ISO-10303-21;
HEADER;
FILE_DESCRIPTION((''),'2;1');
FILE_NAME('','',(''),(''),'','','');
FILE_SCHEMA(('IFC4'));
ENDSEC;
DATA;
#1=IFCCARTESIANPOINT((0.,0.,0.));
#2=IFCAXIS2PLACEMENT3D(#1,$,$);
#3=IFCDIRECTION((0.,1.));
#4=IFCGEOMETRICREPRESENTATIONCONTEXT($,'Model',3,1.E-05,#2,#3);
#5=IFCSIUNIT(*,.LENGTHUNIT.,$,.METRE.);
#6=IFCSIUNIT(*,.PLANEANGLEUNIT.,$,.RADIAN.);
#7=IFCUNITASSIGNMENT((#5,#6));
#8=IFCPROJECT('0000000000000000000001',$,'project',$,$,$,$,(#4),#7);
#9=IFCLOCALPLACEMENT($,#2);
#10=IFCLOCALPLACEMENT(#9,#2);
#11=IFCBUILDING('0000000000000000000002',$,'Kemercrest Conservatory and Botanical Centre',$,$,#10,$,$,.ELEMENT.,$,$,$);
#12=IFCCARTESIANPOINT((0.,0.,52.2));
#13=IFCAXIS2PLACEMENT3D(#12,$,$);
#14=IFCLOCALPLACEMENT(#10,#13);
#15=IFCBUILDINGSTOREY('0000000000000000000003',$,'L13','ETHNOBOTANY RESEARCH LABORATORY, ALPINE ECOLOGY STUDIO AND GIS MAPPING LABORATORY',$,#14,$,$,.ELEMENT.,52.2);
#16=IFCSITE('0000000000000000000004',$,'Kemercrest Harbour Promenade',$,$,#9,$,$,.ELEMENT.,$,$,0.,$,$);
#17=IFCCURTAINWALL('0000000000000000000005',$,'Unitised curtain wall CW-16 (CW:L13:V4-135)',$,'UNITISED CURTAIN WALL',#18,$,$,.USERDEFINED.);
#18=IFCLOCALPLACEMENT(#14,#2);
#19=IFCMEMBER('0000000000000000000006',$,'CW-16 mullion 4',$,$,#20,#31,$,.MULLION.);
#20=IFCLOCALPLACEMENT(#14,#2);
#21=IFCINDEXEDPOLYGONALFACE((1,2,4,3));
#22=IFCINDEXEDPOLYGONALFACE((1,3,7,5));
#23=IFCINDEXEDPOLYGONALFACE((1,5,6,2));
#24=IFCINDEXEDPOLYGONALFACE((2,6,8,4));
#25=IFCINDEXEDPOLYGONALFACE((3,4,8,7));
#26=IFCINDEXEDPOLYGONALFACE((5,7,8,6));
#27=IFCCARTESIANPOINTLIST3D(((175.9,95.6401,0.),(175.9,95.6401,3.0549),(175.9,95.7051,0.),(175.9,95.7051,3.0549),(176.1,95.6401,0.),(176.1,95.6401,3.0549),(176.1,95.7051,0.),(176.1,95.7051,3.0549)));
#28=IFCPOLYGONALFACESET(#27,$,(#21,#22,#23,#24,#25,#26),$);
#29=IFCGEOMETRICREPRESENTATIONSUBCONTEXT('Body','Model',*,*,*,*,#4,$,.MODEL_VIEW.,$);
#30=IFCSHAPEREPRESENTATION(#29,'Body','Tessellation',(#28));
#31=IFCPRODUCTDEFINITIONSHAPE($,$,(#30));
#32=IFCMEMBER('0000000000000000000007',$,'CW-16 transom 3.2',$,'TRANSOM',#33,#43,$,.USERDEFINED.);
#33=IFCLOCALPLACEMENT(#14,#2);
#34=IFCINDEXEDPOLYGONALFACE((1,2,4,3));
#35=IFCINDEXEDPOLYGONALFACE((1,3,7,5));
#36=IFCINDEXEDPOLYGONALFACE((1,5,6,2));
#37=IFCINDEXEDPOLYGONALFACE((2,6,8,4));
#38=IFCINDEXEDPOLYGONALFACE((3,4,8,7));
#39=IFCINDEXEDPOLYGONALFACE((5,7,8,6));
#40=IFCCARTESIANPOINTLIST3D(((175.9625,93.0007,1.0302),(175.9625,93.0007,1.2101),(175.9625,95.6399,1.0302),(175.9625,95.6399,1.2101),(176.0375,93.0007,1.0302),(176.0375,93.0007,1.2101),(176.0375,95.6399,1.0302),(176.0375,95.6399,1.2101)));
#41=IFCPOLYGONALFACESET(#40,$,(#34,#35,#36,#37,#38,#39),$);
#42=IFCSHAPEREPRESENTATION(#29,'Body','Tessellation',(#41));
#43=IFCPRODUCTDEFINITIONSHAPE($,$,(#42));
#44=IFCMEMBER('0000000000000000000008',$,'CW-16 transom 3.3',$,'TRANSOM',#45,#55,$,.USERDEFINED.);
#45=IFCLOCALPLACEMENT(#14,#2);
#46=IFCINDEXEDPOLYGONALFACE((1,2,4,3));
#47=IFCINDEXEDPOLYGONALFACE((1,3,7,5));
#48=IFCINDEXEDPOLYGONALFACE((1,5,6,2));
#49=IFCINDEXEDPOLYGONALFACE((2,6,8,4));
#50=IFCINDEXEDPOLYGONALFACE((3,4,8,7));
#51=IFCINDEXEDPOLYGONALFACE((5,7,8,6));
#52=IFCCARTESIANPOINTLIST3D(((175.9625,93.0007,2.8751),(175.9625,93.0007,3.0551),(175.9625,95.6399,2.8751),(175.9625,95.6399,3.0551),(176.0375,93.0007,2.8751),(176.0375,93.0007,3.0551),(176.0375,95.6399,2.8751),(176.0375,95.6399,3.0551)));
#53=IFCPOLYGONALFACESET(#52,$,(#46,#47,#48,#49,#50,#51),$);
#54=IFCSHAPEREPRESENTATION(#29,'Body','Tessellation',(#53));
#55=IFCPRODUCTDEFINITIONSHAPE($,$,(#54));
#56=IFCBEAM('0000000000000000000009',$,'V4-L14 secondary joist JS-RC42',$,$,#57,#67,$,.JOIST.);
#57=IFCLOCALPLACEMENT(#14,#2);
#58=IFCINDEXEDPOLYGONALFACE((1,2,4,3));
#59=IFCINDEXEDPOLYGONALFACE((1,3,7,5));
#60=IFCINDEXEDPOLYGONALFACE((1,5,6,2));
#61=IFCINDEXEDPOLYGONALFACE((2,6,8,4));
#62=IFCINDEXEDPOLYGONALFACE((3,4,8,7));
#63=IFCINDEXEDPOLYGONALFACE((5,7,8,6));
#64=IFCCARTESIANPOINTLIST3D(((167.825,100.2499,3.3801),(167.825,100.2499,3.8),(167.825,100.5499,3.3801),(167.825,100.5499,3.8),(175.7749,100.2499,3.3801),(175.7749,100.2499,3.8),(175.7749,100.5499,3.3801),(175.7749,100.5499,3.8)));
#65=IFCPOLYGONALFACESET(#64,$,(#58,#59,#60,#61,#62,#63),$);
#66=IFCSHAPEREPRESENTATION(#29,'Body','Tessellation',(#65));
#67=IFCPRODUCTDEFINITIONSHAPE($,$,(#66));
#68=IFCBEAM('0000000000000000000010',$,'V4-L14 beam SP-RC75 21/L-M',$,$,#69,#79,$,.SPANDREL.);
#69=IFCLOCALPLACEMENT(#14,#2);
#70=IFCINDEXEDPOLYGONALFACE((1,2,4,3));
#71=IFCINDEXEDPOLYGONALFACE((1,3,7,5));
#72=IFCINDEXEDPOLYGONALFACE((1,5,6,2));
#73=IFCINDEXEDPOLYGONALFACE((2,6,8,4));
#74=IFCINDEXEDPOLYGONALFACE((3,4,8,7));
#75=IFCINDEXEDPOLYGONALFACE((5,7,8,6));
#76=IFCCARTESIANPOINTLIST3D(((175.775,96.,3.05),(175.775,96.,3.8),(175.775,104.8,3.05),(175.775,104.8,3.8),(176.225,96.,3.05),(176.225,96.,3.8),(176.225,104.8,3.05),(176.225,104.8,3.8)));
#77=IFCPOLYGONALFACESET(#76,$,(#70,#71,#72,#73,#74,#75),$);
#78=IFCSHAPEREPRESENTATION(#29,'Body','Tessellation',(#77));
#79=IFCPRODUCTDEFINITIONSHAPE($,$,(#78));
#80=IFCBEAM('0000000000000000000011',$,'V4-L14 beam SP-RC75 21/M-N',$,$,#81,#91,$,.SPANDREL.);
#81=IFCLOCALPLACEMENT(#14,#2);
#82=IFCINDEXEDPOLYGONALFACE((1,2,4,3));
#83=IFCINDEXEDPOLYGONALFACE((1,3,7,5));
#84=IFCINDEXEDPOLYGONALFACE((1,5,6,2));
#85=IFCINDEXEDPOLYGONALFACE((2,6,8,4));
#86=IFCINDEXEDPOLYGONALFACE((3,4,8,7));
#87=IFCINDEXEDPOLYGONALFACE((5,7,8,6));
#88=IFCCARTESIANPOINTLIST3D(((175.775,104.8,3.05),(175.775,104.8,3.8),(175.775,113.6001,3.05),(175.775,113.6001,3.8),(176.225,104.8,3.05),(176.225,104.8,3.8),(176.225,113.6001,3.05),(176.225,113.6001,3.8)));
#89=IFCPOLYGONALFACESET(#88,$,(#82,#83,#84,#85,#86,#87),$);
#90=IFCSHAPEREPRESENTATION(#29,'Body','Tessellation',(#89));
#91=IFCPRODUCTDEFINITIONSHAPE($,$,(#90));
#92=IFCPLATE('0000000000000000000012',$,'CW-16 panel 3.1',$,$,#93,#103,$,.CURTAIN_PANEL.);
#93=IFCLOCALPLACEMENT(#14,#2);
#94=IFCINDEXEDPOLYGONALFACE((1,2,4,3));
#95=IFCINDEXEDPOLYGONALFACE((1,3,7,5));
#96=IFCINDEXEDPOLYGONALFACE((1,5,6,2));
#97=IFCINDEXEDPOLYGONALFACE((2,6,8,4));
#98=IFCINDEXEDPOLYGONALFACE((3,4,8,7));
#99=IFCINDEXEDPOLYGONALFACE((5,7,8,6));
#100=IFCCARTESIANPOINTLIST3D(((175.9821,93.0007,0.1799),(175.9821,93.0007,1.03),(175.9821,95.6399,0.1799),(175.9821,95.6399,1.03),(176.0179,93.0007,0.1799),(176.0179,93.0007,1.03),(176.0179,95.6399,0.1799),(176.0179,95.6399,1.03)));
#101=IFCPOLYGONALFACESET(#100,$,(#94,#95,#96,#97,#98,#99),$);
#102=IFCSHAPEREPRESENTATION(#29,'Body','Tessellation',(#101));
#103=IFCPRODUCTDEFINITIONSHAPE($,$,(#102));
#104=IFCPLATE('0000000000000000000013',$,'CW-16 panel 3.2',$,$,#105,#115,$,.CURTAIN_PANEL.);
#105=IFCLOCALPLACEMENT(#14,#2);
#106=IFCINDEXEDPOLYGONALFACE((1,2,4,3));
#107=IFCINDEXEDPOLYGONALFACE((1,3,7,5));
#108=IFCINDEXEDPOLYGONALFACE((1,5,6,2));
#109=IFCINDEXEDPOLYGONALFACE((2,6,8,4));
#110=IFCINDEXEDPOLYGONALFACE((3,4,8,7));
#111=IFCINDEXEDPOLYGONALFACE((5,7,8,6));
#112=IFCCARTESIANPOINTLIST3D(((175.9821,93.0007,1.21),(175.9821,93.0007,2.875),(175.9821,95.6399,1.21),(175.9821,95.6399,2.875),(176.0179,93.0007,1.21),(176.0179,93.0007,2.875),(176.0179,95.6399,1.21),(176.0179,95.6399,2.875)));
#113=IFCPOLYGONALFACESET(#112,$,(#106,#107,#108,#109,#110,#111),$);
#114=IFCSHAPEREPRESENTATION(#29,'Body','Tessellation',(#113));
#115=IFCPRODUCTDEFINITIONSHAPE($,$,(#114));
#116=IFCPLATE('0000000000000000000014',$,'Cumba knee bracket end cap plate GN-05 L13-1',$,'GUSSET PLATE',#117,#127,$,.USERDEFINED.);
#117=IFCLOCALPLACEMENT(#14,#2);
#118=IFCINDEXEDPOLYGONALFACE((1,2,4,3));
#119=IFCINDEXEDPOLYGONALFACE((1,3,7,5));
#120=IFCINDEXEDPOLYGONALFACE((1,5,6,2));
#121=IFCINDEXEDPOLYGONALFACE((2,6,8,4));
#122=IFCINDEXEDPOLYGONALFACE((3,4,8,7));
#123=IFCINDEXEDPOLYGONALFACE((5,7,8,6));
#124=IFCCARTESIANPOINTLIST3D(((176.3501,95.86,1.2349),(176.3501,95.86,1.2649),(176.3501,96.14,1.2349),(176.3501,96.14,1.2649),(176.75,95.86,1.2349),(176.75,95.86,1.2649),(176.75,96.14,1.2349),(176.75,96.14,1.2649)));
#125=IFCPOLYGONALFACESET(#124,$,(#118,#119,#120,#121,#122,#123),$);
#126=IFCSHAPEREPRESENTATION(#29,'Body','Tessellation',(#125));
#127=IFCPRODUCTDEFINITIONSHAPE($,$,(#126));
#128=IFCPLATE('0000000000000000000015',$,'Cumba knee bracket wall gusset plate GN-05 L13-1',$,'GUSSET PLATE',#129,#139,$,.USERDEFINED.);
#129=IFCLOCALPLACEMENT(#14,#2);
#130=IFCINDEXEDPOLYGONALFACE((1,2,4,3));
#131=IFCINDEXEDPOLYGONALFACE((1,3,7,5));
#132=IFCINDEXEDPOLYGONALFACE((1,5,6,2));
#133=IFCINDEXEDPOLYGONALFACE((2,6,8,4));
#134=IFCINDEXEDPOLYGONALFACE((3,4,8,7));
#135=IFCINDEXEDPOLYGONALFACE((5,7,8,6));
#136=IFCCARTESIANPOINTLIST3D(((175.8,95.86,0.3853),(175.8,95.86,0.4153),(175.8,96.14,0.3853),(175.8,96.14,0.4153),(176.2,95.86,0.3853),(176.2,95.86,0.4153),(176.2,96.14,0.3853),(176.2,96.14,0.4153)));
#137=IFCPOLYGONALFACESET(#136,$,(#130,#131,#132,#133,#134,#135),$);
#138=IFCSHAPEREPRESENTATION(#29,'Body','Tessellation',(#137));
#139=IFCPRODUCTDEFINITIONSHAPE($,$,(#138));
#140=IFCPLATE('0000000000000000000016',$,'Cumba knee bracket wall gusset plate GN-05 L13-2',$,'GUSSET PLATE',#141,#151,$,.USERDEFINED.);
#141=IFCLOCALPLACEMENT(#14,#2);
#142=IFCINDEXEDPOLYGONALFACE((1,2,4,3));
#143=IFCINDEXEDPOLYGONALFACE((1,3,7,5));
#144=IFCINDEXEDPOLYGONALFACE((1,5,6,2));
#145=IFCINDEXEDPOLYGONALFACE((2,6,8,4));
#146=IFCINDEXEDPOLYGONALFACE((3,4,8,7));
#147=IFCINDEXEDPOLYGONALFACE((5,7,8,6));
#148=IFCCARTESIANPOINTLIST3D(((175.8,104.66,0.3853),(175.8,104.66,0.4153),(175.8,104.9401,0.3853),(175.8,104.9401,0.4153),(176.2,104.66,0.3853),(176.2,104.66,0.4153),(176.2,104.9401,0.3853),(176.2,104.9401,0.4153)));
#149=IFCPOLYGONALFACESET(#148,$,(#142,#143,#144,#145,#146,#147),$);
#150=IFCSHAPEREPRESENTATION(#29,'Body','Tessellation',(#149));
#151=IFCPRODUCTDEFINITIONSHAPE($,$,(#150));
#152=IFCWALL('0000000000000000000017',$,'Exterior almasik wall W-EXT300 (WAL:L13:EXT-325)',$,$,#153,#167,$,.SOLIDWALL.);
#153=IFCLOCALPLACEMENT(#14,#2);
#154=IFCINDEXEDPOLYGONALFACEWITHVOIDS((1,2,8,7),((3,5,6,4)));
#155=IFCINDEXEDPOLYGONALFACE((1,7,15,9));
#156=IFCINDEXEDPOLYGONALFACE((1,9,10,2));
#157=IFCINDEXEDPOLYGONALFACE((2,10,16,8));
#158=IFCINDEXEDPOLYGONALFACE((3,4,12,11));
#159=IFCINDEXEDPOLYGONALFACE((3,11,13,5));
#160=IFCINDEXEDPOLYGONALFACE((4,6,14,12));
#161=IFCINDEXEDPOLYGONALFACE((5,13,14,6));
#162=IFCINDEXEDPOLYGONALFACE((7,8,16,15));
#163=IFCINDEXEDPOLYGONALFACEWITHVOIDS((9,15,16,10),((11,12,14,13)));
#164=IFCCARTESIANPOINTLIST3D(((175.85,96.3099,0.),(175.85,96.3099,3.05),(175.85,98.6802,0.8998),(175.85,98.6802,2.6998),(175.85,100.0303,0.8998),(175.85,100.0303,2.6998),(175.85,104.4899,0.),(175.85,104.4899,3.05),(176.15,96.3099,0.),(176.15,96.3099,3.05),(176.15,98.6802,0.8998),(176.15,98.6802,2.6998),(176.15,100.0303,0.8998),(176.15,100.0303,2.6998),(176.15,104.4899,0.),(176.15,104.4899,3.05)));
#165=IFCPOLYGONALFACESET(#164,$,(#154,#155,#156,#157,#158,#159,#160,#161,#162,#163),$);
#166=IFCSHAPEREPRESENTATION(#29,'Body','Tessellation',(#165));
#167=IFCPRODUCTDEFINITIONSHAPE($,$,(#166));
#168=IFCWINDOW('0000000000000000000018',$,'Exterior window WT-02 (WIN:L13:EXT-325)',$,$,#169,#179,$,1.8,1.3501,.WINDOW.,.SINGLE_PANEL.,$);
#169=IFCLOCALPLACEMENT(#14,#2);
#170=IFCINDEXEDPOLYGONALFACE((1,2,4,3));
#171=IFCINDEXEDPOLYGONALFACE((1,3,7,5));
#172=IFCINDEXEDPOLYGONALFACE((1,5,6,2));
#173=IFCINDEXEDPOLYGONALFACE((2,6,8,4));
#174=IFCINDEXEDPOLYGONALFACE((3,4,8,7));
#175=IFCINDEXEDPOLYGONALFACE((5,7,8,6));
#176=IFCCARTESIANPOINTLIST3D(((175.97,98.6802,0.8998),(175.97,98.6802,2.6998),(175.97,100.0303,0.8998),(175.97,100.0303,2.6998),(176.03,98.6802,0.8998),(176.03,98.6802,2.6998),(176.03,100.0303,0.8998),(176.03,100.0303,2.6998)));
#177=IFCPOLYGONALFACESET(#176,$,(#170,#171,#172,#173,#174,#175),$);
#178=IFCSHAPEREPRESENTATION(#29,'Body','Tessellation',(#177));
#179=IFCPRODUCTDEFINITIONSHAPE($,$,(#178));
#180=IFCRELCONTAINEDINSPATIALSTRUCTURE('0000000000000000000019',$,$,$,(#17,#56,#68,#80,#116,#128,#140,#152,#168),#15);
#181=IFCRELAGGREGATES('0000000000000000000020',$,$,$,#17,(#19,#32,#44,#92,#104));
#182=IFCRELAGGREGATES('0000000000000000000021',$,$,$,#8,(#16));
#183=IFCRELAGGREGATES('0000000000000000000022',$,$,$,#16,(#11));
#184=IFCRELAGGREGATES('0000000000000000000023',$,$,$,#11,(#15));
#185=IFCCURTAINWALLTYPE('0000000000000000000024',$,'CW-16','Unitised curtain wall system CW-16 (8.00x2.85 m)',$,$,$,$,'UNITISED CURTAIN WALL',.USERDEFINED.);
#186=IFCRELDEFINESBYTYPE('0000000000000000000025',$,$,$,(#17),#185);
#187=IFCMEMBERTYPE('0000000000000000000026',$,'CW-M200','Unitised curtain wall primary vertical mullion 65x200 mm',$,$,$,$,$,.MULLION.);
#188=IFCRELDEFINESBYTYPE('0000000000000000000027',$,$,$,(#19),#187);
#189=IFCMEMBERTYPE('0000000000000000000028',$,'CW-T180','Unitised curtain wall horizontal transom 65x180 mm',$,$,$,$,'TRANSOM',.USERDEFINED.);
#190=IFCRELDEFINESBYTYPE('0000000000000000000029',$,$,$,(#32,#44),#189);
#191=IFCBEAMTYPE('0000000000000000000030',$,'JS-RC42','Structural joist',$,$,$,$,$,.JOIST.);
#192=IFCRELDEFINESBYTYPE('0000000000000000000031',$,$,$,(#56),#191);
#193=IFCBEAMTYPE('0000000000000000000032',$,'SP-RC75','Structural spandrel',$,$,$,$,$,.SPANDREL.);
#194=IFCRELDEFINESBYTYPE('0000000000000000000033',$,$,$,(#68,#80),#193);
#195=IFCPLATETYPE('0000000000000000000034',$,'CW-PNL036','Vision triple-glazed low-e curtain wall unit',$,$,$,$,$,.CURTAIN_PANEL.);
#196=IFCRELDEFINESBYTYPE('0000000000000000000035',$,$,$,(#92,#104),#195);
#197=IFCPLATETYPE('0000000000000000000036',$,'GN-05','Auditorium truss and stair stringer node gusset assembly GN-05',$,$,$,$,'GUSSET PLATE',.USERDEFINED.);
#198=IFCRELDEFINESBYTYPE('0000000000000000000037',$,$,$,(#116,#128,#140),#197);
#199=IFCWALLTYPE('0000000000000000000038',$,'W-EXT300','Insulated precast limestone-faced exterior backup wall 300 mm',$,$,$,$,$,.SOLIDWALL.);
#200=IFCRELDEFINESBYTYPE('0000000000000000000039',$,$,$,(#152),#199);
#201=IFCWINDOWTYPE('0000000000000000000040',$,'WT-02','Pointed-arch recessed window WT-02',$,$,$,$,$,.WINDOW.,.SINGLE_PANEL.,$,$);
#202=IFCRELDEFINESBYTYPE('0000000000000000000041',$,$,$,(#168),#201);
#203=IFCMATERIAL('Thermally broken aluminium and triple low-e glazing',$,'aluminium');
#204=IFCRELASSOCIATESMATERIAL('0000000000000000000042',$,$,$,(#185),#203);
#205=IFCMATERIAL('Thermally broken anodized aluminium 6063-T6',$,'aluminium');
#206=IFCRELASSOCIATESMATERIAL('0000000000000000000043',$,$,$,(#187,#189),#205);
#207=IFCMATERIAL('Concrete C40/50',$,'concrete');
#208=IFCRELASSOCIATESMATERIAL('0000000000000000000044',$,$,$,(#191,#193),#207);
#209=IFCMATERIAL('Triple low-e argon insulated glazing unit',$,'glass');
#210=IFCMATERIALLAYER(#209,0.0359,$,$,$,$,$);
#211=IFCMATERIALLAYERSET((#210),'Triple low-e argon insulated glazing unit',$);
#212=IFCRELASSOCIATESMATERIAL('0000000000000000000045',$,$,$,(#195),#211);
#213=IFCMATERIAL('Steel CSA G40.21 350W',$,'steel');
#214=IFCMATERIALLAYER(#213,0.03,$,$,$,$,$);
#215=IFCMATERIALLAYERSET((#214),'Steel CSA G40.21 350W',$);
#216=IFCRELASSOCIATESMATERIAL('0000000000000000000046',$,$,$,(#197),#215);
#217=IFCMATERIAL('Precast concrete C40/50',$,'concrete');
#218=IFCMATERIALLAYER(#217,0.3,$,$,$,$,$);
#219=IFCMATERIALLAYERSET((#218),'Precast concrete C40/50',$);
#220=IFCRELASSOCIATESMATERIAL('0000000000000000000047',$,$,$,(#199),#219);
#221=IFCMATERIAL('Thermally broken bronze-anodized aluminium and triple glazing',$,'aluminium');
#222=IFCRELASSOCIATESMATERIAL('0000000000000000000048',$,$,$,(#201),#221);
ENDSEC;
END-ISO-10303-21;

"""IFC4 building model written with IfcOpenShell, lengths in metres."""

from ifc_helpers import new_model, si_unit, direction, frame, frame_2d, origin, origin_2d, place, context, subcontext, project, spatial, rectangle, extrude, material, layer, layer_set, material_profile, profile_set, type_object, element, fill, aggregate, save


model = new_model("IFC4")

# Units and contexts
model_context = context("Model", 3, precision=1e-05, world=origin(), true_north=direction((0.0, 1.0)))
body_context = subcontext(model_context, "Body", "Model", "MODEL_VIEW")
ifc_project = project(units=[si_unit("LENGTHUNIT", "METRE"), si_unit("PLANEANGLEUNIT", "RADIAN")], contexts=[model_context])

# Site, building, storey
site_placement = place(None, origin())
site = spatial("IfcSite", under=ifc_project, at=site_placement, Name="Kemercrest Harbour Promenade", CompositionType="ELEMENT", RefElevation=0.0)
building_placement = place(site_placement, origin())
building = spatial("IfcBuilding", under=site, at=building_placement, Name="Kemercrest Conservatory and Botanical Centre", CompositionType="ELEMENT")
storey_placement = place(building_placement, frame((0.0, 0.0, 52.2)))
storey = spatial("IfcBuildingStorey", under=building, at=storey_placement, Name="L13", Description="ETHNOBOTANY RESEARCH LABORATORY, ALPINE ECOLOGY STUDIO AND GIS MAPPING LABORATORY", CompositionType="ELEMENT", Elevation=52.2)

# Shared definitions
ifc_material_1 = material(Name="Concrete C40/50", Category="concrete")

# Shared definitions
ifc_material_2 = material(Name="Steel CSA G40.21 350W", Category="steel")

# Curtain wall, members
ifc_material_3 = material(Name="Thermally broken aluminium and triple low-e glazing", Category="aluminium")
curtain_wall_type = type_object("IfcCurtainWallType", Name="CW-16", Description="Unitised curtain wall system CW-16 (8.00x2.85 m)", ElementType="UNITISED CURTAIN WALL", PredefinedType="USERDEFINED", material=ifc_material_3)
curtain_wall_placement = place(storey_placement, origin())
curtain_wall = element("IfcCurtainWall", 1, at=curtain_wall_placement, inside=storey, type_object=curtain_wall_type, Name="Unitised curtain wall CW-16 (CW:L13:V4-135)", ObjectType="UNITISED CURTAIN WALL", PredefinedType="USERDEFINED")
ifc_material_4 = material(Name="Thermally broken anodized aluminium 6063-T6", Category="aluminium")
ifc_material_profile_1 = material_profile(ifc_material_4, rectangle(XDim=0.2, YDim=0.0649, at=origin_2d()), Name="AL MULLION 65x200")
ifc_profile_set_1 = profile_set([ifc_material_profile_1], Name="Thermally broken anodized aluminium 6063-T6")
member_type_1 = type_object("IfcMemberType", Name="CW-M200", Description="Unitised curtain wall primary vertical mullion 65x200 mm", PredefinedType="MULLION", material=ifc_profile_set_1)
member_1_placement = place(storey_placement, frame((176.0, 95.6726, 0.0), z_axis=(0.0, 0.0, 1.0), x_axis=(-1.0, 0.0, 0.0)))
member_1 = element("IfcMember", 2, at=member_1_placement, type_object=member_type_1, Name="CW-16 mullion 4", PredefinedType="MULLION", context=body_context, shape_type="SweptSolid", body=[
    extrude(rectangle(XDim=0.2, YDim=0.0649, at=origin_2d()), origin(), (0.0, 0.0, 1.0), 3.0549),
])
ifc_material_profile_2 = material_profile(ifc_material_4, rectangle(XDim=0.075, YDim=0.1799, at=origin_2d()), Name="AL TRANSOM 75x180")
ifc_profile_set_2 = profile_set([ifc_material_profile_2], Name="Thermally broken anodized aluminium 6063-T6")
member_type_2 = type_object("IfcMemberType", Name="CW-T180", Description="Unitised curtain wall horizontal transom 65x180 mm", ElementType="TRANSOM", PredefinedType="USERDEFINED", material=ifc_profile_set_2)
member_2_placement = place(storey_placement, frame((176.0, 93.0007, 1.1201), z_axis=(0.0, 1.0, 0.0), x_axis=(-1.0, 0.0, 0.0)))
member_2 = element("IfcMember", 3, at=member_2_placement, type_object=member_type_2, Name="CW-16 transom 3.2", ObjectType="TRANSOM", PredefinedType="USERDEFINED", context=body_context, shape_type="SweptSolid", body=[
    extrude(rectangle(XDim=0.075, YDim=0.1799, at=origin_2d()), origin(), (0.0, 0.0, 1.0), 2.6392),
])
member_3_placement = place(storey_placement, frame((176.0, 93.0007, 2.9651), z_axis=(0.0, 1.0, 0.0), x_axis=(-1.0, 0.0, 0.0)))
member_3 = element("IfcMember", 4, at=member_3_placement, type_object=member_type_2, Name="CW-16 transom 3.3", ObjectType="TRANSOM", PredefinedType="USERDEFINED", context=body_context, shape_type="SweptSolid", body=[
    extrude(rectangle(XDim=0.075, YDim=0.1799, at=origin_2d()), origin(), (0.0, 0.0, 1.0), 2.6392),
])

# Beams
ifc_material_profile_3 = material_profile(ifc_material_1, rectangle(XDim=0.3, YDim=0.4199, at=origin_2d()), Name="RC 300x420")
ifc_profile_set_3 = profile_set([ifc_material_profile_3], Name="Concrete C40/50")
beam_type_1 = type_object("IfcBeamType", Name="JS-RC42", Description="Structural joist", PredefinedType="JOIST", material=ifc_profile_set_3)
beam_1_placement = place(storey_placement, frame((167.825, 100.3999, 3.5901), z_axis=(1.0, 0.0, 0.0), x_axis=(0.0, 1.0, 0.0)))
element("IfcBeam", 5, at=beam_1_placement, inside=storey, type_object=beam_type_1, Name="V4-L14 secondary joist JS-RC42", PredefinedType="JOIST", context=body_context, shape_type="SweptSolid", body=[
    extrude(rectangle(XDim=0.3, YDim=0.4199, at=origin_2d()), origin(), (0.0, 0.0, 1.0), 7.95),
])
ifc_material_profile_4 = material_profile(ifc_material_1, rectangle(XDim=0.45, YDim=0.75, at=origin_2d()), Name="RC 450x750")
ifc_profile_set_4 = profile_set([ifc_material_profile_4], Name="Concrete C40/50")
beam_type_2 = type_object("IfcBeamType", Name="SP-RC75", Description="Structural spandrel", PredefinedType="SPANDREL", material=ifc_profile_set_4)
for number, where, z_axis, x_axis, name in (
    (6, (176.0, 96.0, 3.425), (0.0, 1.0, 0.0), (-1.0, 0.0, 0.0), "V4-L14 beam SP-RC75 21/L-M"),
    (7, (176.0, 104.8, 3.425), (0.0, 1.0, 0.0), (-1.0, 0.0, 0.0), "V4-L14 beam SP-RC75 21/M-N"),
):
    element("IfcBeam", number, at=place(storey_placement, frame(where, z_axis=z_axis, x_axis=x_axis)), inside=storey, type_object=beam_type_2, Name=name, PredefinedType="SPANDREL", context=body_context, shape_type="SweptSolid", body=[
        extrude(rectangle(XDim=0.45, YDim=0.75, at=origin_2d()), origin(), (0.0, 0.0, 1.0), 8.8),
    ])

# Plates
ifc_material_5 = material(Name="Triple low-e argon insulated glazing unit", Category="glass")
ifc_layer_1 = layer(ifc_material_5, 0.0359)
ifc_layer_set_1 = layer_set([ifc_layer_1], Name="Triple low-e argon insulated glazing unit")
plate_type_1 = type_object("IfcPlateType", Name="CW-PNL036", Description="Vision triple-glazed low-e curtain wall unit", PredefinedType="CURTAIN_PANEL", material=ifc_layer_set_1)
plate_1_placement = place(storey_placement, frame((176.0, 94.3203, 0.1799), z_axis=(0.0, 0.0, 1.0), x_axis=(0.0, 1.0, 0.0)))
plate_1 = element("IfcPlate", 8, at=plate_1_placement, type_object=plate_type_1, Name="CW-16 panel 3.1", PredefinedType="CURTAIN_PANEL", context=body_context, shape_type="SweptSolid", body=[
    extrude(rectangle(XDim=2.6392, YDim=0.0359, at=origin_2d()), origin(), (0.0, 0.0, 1.0), 0.8501),
])
plate_2_placement = place(storey_placement, frame((176.0, 94.3203, 1.21), z_axis=(0.0, 0.0, 1.0), x_axis=(0.0, 1.0, 0.0)))
plate_2 = element("IfcPlate", 9, at=plate_2_placement, type_object=plate_type_1, Name="CW-16 panel 3.2", PredefinedType="CURTAIN_PANEL", context=body_context, shape_type="SweptSolid", body=[
    extrude(rectangle(XDim=2.6392, YDim=0.0359, at=origin_2d()), origin(), (0.0, 0.0, 1.0), 1.665),
])
aggregate(curtain_wall, [member_1, member_2, member_3, plate_1, plate_2])

# Plates
ifc_layer_2 = layer(ifc_material_2, 0.03)
ifc_layer_set_2 = layer_set([ifc_layer_2], Name="Steel CSA G40.21 350W")
plate_type_2 = type_object("IfcPlateType", Name="GN-05", Description="Auditorium truss and stair stringer node gusset assembly GN-05", ElementType="GUSSET PLATE", PredefinedType="USERDEFINED", material=ifc_layer_set_2)
for number, where, z_axis, x_axis, name in (
    (10, (176.55, 96.0, 1.2349), (0.0, 0.0, 1.0), (1.0, 0.0, 0.0), "Cumba knee bracket end cap plate GN-05 L13-1"),
    (11, (176.0, 96.0, 0.3853), (0.0, 0.0, 1.0), (1.0, 0.0, 0.0), "Cumba knee bracket wall gusset plate GN-05 L13-1"),
    (12, (176.0, 104.8, 0.3853), (0.0, 0.0, 1.0), (1.0, 0.0, 0.0), "Cumba knee bracket wall gusset plate GN-05 L13-2"),
):
    element("IfcPlate", number, at=place(storey_placement, frame(where, z_axis=z_axis, x_axis=x_axis)), inside=storey, type_object=plate_type_2, Name=name, ObjectType="GUSSET PLATE", PredefinedType="USERDEFINED", context=body_context, shape_type="SweptSolid", body=[
        extrude(rectangle(XDim=0.3999, YDim=0.28, at=origin_2d()), origin(), (0.0, 0.0, 1.0), 0.03),
    ])

# Wall, opening, window
ifc_material_6 = material(Name="Precast concrete C40/50", Category="concrete")
ifc_layer_3 = layer(ifc_material_6, 0.3)
ifc_layer_set_3 = layer_set([ifc_layer_3], Name="Precast concrete C40/50")
wall_type = type_object("IfcWallType", Name="W-EXT300", Description="Insulated precast limestone-faced exterior backup wall 300 mm", PredefinedType="SOLIDWALL", material=ifc_layer_set_3)
wall_placement = place(storey_placement, frame((176.0, 96.3101, 0.0), z_axis=(0.0, 0.0, 1.0), x_axis=(0.0, 1.0, 0.0)))
wall = element("IfcWall", 13, at=wall_placement, inside=storey, type_object=wall_type, Name="Exterior almasik wall W-EXT300 (WAL:L13:EXT-325)", PredefinedType="SOLIDWALL", context=body_context, shape_type="SweptSolid", body=[
    extrude(rectangle(XDim=8.1799, YDim=0.3, at=frame_2d((4.0898, 0.0))), origin(), (0.0, 0.0, 1.0), 3.05),
])
opening_placement = place(wall_placement, frame((2.3701, 0.0, 0.8999)))
opening = element("IfcOpeningElement", 14, at=opening_placement, cuts=wall, PredefinedType="OPENING", context=body_context, shape_type="SweptSolid", body=[
    extrude(rectangle(XDim=1.3501, YDim=1.8, at=frame_2d((0.675, 0.8999))), frame((0.0, 0.1602, 0.0), z_axis=(0.0, -1.0, 0.0), x_axis=(1.0, 0.0, 0.0)), (0.0, 0.0, 1.0), 0.3201),
])
ifc_material_7 = material(Name="Thermally broken bronze-anodized aluminium and triple glazing", Category="aluminium")
window_type = type_object("IfcWindowType", Name="WT-02", Description="Pointed-arch recessed window WT-02", PartitioningType="SINGLE_PANEL", PredefinedType="WINDOW", material=ifc_material_7)
window_placement = place(opening_placement, origin())
window = element("IfcWindow", 15, at=window_placement, inside=storey, type_object=window_type, Name="Exterior window WT-02 (WIN:L13:EXT-325)", OverallHeight=1.8, OverallWidth=1.3501, PartitioningType="SINGLE_PANEL", PredefinedType="WINDOW", context=body_context, shape_type="SweptSolid", body=[
    extrude(rectangle(XDim=1.3501, YDim=1.8, at=frame_2d((0.675, 0.8999))), frame((0.0, 0.03, 0.0), z_axis=(0.0, -1.0, 0.0), x_axis=(1.0, 0.0, 0.0)), (0.0, 0.0, 1.0), 0.0601),
])
fill(opening, window)

save(model, "model.ifc")
